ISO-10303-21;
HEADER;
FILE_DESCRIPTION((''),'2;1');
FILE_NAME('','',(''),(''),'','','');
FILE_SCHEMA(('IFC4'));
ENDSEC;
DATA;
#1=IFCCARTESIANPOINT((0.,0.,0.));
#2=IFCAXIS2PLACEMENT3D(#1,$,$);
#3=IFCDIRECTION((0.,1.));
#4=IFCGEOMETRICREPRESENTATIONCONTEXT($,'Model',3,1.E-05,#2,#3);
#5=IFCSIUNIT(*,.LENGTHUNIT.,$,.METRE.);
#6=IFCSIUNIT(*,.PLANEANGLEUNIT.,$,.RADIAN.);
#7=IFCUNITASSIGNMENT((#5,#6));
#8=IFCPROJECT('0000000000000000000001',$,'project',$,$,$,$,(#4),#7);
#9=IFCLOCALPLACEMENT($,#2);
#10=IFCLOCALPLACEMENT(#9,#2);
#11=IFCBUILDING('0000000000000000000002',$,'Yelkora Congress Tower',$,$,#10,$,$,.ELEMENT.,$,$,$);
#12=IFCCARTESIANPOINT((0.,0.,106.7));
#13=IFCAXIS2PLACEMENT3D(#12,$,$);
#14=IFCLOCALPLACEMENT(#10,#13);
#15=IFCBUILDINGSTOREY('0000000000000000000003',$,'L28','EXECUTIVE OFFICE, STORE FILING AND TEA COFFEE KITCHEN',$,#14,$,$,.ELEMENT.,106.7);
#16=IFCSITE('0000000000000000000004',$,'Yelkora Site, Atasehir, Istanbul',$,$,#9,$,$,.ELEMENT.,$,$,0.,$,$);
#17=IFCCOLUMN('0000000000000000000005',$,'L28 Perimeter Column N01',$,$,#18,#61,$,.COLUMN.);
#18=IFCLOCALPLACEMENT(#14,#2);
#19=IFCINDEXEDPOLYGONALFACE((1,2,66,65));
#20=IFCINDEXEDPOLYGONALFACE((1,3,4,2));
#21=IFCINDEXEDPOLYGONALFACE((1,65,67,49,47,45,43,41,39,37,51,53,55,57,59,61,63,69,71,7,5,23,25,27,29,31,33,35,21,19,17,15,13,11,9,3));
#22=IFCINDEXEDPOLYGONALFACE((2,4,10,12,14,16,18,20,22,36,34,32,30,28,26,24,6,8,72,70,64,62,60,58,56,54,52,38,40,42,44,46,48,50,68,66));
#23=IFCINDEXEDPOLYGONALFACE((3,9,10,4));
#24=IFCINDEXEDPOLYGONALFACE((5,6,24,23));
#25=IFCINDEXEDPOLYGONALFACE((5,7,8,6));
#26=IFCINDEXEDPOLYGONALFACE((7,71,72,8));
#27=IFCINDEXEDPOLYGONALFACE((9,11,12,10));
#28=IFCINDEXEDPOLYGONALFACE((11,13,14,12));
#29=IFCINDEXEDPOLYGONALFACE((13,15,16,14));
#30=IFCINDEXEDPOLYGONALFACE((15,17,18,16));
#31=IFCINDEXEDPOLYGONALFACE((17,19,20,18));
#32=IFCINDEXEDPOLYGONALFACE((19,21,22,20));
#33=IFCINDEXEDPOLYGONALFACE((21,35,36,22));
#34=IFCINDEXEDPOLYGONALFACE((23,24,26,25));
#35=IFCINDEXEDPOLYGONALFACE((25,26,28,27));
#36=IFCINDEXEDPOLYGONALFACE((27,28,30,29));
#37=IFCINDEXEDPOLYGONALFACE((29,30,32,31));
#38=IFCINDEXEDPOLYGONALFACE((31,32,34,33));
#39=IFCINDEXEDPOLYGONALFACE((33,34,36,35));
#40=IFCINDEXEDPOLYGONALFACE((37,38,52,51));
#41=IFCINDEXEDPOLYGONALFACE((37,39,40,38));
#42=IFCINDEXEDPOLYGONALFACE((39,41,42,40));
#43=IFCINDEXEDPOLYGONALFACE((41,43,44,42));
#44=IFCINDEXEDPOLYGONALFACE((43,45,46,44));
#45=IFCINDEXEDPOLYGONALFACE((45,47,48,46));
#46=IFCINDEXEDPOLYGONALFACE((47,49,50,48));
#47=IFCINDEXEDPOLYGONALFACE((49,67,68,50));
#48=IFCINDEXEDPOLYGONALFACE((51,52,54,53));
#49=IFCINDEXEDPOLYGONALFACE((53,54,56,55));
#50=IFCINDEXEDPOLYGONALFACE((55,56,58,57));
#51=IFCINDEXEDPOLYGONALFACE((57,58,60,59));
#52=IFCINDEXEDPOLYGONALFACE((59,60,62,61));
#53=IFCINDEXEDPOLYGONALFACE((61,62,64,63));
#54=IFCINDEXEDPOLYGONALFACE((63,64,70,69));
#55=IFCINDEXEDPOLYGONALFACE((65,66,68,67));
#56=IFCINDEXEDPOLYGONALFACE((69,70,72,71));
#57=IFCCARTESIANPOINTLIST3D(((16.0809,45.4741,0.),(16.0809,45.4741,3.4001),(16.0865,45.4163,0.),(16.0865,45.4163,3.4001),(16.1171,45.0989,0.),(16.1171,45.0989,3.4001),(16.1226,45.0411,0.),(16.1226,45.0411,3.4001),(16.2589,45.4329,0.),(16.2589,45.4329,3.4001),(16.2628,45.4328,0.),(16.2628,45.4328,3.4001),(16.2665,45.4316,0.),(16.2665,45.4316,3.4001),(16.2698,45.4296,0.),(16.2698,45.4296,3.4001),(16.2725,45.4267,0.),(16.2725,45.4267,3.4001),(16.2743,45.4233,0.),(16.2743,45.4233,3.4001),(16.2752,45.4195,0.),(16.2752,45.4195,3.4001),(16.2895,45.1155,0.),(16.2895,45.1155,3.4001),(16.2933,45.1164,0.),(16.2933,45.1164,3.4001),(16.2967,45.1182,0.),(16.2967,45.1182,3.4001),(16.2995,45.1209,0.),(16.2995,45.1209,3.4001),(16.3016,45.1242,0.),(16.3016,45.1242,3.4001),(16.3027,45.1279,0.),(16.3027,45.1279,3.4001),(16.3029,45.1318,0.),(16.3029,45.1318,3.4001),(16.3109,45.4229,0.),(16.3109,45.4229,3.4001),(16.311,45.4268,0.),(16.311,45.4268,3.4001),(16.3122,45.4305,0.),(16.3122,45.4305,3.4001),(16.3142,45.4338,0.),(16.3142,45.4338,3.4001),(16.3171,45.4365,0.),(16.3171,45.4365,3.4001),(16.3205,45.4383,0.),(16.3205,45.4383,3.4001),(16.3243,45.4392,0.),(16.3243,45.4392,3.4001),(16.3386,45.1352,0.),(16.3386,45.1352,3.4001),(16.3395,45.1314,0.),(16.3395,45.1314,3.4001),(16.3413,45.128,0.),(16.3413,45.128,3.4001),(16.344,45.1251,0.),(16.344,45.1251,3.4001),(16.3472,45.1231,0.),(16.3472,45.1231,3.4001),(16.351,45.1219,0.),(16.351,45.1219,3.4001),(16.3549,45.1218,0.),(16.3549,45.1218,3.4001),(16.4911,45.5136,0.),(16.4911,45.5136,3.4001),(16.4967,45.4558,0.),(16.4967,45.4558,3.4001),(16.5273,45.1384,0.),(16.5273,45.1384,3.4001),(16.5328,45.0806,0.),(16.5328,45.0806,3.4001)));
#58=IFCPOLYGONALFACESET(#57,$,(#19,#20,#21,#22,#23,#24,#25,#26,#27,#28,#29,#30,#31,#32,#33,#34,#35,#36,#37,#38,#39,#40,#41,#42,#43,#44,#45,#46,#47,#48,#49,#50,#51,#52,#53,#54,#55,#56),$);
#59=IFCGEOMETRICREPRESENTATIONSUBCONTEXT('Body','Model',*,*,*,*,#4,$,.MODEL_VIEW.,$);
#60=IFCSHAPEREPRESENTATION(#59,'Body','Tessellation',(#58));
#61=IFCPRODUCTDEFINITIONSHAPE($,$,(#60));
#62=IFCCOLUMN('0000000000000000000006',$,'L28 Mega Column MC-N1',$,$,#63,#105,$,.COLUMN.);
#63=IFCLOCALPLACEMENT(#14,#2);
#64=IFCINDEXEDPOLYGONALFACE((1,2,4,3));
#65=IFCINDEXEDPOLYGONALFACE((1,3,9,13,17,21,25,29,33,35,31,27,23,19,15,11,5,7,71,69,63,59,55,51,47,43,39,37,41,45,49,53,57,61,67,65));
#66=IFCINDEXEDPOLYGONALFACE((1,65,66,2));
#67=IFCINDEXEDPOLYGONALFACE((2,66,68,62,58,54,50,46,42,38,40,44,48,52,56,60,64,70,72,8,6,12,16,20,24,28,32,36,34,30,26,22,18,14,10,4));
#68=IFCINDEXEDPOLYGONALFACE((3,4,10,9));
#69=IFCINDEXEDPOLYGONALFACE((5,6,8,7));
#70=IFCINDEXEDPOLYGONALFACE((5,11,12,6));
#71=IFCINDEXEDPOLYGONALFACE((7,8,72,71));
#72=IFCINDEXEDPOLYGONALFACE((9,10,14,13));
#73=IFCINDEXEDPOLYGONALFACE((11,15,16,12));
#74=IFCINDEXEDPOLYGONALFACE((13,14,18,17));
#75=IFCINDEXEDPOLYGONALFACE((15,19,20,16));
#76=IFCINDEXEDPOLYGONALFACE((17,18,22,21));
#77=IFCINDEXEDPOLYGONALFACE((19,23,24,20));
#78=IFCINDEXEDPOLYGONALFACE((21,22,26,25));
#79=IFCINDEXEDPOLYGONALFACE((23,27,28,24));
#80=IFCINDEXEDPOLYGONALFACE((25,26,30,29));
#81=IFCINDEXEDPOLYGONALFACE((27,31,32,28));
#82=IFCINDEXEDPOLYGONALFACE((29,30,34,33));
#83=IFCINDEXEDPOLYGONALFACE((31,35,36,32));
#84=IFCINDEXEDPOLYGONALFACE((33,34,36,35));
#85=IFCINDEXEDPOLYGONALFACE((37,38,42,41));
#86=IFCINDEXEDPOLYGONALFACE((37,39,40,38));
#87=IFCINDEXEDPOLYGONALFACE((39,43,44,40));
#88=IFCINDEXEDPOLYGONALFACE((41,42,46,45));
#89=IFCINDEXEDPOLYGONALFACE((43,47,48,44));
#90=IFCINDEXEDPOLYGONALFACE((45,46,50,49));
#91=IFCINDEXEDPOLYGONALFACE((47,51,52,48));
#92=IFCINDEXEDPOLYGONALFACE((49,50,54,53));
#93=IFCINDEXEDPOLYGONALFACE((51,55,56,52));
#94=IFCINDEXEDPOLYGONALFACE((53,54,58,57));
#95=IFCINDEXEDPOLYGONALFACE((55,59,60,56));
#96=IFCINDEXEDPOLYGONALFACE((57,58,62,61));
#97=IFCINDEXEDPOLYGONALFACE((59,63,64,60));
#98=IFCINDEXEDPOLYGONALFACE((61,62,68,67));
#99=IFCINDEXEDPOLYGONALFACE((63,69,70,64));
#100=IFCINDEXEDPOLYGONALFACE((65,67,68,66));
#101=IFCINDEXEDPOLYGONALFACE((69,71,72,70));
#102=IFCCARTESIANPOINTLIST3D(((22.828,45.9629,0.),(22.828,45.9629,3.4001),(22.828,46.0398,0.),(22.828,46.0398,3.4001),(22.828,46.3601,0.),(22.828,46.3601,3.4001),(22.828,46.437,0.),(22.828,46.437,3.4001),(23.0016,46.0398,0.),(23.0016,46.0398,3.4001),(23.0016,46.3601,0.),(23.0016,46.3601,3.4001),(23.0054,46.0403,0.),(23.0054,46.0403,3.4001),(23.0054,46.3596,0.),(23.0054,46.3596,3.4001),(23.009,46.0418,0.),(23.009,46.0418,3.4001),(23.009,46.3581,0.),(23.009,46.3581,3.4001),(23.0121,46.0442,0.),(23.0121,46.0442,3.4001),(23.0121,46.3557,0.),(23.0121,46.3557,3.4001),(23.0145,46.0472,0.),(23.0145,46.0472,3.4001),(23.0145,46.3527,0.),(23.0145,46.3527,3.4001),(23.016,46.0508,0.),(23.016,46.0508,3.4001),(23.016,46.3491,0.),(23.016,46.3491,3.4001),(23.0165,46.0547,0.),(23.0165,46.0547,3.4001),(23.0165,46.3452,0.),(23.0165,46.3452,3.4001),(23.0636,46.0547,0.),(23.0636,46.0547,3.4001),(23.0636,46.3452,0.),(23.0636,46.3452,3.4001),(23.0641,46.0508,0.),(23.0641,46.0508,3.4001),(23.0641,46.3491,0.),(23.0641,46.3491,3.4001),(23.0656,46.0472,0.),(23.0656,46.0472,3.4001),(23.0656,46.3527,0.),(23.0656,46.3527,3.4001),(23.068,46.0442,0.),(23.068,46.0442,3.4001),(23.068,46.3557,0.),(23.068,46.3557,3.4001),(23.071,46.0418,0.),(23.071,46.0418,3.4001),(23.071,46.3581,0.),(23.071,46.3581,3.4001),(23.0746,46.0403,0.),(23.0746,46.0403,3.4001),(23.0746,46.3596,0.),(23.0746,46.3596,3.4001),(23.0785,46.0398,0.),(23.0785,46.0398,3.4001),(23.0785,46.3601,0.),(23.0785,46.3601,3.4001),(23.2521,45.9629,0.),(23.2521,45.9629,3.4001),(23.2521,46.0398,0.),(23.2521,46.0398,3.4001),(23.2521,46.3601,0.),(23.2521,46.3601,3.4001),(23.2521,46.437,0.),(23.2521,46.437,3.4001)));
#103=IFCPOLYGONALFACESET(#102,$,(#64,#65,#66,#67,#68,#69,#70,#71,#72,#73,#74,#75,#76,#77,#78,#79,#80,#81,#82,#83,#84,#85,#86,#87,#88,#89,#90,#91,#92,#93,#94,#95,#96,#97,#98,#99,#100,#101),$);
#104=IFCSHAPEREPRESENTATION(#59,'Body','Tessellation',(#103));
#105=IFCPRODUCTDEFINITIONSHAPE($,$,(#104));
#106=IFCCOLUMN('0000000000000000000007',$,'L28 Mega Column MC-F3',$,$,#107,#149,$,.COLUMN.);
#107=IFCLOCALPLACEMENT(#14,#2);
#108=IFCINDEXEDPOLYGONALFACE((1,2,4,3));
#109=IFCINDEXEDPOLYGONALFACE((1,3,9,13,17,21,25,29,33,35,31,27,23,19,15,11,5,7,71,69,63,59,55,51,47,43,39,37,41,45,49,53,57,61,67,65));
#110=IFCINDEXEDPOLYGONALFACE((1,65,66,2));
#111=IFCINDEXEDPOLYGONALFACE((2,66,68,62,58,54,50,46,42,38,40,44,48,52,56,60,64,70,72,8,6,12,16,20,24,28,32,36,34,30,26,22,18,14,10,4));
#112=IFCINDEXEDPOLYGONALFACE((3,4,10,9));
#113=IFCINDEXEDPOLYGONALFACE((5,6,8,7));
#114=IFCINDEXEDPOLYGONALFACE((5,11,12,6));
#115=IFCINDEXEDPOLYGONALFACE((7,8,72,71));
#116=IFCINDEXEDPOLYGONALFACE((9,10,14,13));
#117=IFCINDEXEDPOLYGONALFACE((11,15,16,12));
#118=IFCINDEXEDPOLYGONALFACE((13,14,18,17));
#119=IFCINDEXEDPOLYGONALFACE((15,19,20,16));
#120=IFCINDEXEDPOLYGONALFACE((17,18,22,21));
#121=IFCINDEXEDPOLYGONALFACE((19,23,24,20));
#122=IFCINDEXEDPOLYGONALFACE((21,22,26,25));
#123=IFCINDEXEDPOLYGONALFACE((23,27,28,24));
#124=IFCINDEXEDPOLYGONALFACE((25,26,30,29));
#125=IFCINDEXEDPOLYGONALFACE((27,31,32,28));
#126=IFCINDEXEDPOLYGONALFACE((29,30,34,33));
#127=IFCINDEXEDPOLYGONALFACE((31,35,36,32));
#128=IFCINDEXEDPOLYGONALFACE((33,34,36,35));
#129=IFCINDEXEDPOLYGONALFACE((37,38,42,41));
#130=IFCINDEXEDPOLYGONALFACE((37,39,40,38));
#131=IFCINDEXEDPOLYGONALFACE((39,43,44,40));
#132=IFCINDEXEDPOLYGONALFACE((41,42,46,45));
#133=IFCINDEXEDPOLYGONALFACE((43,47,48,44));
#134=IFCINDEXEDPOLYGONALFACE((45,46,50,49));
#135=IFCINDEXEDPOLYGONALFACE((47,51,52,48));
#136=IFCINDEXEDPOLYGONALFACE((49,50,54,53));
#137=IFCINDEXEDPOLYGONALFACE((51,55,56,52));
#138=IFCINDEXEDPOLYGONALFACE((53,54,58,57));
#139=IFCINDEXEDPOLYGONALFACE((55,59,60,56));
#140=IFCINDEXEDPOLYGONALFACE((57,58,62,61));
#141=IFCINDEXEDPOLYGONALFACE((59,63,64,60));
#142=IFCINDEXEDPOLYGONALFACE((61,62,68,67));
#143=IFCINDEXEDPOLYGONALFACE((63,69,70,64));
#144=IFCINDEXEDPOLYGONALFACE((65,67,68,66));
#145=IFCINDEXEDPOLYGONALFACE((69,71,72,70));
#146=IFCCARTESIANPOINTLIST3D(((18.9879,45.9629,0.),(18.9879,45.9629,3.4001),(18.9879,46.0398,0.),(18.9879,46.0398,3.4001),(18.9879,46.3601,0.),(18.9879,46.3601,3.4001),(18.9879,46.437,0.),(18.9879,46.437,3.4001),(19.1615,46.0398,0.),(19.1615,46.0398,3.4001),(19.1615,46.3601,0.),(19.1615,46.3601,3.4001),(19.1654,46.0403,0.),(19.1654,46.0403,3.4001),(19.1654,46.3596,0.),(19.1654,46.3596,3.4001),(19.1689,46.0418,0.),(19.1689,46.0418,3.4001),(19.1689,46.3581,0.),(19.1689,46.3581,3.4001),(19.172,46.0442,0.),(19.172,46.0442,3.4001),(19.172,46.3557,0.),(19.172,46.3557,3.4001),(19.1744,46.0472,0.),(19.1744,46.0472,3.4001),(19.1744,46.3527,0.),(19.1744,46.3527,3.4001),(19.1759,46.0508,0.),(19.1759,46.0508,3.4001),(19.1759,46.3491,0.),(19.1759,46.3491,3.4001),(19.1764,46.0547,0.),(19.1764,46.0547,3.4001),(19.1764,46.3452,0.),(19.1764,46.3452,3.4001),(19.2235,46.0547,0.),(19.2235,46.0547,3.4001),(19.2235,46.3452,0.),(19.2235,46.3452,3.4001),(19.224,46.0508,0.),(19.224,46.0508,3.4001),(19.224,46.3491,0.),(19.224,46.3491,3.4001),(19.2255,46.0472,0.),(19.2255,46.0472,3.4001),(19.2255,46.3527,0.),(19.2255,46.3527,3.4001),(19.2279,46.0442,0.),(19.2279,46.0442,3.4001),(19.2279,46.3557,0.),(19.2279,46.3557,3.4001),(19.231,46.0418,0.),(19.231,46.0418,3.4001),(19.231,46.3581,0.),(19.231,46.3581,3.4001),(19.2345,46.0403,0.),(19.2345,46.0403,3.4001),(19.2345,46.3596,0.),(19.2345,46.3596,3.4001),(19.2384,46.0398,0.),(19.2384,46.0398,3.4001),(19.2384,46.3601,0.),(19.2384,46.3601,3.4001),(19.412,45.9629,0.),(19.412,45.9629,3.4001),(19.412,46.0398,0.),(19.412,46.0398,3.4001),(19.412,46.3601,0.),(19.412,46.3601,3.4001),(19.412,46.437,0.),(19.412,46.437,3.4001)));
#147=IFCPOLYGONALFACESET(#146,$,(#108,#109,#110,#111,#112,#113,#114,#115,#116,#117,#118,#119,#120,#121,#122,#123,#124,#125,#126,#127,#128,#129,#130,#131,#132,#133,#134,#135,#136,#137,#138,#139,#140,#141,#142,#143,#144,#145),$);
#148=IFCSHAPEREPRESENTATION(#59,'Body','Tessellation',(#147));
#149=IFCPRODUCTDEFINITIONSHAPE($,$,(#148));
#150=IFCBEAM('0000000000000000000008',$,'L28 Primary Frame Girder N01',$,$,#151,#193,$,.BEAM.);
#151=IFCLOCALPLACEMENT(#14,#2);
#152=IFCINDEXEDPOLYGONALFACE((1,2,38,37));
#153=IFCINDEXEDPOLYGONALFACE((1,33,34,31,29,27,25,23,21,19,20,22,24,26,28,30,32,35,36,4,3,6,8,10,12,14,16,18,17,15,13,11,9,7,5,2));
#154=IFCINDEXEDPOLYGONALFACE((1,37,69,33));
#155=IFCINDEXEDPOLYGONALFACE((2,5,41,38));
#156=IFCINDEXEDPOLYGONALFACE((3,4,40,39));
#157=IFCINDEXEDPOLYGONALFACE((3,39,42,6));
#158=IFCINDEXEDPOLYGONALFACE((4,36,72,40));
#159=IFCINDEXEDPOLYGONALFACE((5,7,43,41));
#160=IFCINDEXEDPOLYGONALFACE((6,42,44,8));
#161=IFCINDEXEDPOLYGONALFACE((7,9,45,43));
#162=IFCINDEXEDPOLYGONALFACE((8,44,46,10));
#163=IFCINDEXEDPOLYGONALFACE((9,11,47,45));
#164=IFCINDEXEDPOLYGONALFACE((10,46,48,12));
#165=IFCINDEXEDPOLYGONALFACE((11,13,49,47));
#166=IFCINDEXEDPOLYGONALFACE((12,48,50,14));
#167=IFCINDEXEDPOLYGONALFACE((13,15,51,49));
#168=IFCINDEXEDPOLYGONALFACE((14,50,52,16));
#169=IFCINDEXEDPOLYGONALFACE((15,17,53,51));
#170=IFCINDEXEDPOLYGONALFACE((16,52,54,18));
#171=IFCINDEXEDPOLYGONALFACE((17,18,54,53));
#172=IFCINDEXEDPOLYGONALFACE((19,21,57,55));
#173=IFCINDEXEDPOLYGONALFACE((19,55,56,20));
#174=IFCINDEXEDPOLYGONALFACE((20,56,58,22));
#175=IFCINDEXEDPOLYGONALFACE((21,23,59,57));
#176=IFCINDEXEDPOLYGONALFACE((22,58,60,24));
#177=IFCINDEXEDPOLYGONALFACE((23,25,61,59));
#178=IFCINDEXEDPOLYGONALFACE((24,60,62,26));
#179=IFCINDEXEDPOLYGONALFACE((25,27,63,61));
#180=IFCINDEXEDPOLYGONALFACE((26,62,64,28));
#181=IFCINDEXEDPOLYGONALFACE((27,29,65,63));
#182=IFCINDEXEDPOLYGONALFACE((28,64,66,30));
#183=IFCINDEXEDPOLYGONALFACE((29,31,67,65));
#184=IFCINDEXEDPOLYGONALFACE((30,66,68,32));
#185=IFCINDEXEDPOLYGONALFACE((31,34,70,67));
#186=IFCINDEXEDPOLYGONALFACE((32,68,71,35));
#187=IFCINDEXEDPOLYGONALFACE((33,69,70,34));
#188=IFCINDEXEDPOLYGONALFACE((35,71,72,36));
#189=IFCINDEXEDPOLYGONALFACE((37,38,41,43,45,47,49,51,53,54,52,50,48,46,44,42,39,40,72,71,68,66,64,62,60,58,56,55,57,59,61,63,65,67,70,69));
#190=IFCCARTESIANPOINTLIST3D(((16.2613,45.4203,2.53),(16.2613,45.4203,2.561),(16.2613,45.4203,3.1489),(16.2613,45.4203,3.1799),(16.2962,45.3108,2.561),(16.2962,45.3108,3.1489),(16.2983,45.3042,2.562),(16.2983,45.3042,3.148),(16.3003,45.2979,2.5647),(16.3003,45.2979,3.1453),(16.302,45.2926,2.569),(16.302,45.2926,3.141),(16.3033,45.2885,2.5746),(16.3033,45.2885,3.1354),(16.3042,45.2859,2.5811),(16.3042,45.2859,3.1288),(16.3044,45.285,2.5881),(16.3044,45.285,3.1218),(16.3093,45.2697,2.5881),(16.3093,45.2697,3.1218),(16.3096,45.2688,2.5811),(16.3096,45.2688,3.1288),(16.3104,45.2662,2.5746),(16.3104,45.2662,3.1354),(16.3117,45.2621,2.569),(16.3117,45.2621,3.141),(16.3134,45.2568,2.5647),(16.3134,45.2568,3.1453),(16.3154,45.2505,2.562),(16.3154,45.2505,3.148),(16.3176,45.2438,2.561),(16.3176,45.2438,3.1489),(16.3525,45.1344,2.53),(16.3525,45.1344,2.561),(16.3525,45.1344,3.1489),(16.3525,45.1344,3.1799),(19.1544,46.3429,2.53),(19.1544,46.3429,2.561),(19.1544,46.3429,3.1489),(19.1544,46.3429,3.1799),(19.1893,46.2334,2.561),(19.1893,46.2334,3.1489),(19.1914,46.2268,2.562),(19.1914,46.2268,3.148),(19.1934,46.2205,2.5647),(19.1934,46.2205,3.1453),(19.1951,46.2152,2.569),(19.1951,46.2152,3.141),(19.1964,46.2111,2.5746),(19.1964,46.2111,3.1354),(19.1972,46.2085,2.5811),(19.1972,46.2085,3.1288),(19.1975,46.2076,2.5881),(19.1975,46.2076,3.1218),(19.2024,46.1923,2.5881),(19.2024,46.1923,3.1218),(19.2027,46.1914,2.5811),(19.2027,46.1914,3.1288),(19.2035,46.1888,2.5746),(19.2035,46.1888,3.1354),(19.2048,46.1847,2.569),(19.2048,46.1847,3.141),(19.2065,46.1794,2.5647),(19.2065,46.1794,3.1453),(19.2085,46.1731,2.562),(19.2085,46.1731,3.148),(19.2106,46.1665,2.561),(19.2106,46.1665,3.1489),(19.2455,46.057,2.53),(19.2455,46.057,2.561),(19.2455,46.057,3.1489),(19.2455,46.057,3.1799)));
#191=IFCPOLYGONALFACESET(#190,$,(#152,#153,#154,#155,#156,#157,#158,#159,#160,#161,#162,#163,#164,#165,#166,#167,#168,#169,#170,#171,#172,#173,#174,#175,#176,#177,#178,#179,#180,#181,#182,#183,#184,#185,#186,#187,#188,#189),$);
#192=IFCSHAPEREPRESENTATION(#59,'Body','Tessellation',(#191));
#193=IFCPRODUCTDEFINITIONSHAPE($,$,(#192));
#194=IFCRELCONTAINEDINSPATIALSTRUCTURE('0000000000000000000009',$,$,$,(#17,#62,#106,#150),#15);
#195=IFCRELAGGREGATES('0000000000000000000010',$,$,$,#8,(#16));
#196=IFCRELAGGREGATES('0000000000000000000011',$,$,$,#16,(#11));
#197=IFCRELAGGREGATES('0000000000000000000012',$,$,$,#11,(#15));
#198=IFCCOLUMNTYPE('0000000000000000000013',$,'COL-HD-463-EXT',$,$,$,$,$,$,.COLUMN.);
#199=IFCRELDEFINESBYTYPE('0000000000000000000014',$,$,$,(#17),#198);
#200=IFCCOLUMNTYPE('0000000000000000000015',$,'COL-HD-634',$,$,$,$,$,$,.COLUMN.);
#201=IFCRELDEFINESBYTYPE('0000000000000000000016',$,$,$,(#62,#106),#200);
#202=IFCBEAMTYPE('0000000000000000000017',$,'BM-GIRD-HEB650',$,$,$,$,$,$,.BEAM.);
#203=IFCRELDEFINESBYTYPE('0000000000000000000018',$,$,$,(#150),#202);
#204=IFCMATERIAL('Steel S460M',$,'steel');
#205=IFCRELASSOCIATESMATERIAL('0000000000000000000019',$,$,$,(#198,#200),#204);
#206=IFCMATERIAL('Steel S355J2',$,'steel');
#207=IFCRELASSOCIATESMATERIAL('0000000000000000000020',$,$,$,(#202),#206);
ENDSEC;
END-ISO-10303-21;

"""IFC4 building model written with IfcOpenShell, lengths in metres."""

from ifc_helpers import new_model, si_unit, direction, frame, origin, origin_2d, place, context, subcontext, project, spatial, i_section, extrude, material, material_profile, profile_set, type_object, element, save


model = new_model("IFC4")

# Units and contexts
model_context = context("Model", 3, precision=1e-05, world=origin(), true_north=direction((0.0, 1.0)))
body_context = subcontext(model_context, "Body", "Model", "MODEL_VIEW")
ifc_project = project(units=[si_unit("LENGTHUNIT", "METRE"), si_unit("PLANEANGLEUNIT", "RADIAN")], contexts=[model_context])

# Site, building, storey
site_placement = place(None, origin())
site = spatial("IfcSite", under=ifc_project, at=site_placement, Name="Yelkora Site, Atasehir, Istanbul", CompositionType="ELEMENT", RefElevation=0.0)
building_placement = place(site_placement, origin())
building = spatial("IfcBuilding", under=site, at=building_placement, Name="Yelkora Congress Tower", CompositionType="ELEMENT")
storey_placement = place(building_placement, frame((0.0, 0.0, 106.7)))
storey = spatial("IfcBuildingStorey", under=building, at=storey_placement, Name="L28", Description="EXECUTIVE OFFICE, STORE FILING AND TEA COFFEE KITCHEN", CompositionType="ELEMENT", Elevation=106.7)

# Columns
ifc_material_1 = material(Name="Steel S460M", Category="steel")
ifc_material_profile_1 = material_profile(ifc_material_1, i_section(OverallWidth=0.4121, OverallDepth=0.4351, WebThickness=0.0359, FlangeThickness=0.0581, FilletRadius=0.0149, at=origin_2d()), Name="HD 400x463")
ifc_profile_set_1 = profile_set([ifc_material_profile_1], Name="Steel S460M")
column_type_1 = type_object("IfcColumnType", Name="COL-HD-463-EXT", PredefinedType="COLUMN", material=ifc_profile_set_1)
column_placement = place(storey_placement, frame((16.3069, 45.2773, 0.0), z_axis=(0.0, 0.0, 1.0), x_axis=(0.995396, 0.095846, 0.0)))
element("IfcColumn", 1, at=column_placement, inside=storey, type_object=column_type_1, Name="L28 Perimeter Column N01", PredefinedType="COLUMN", context=body_context, shape_type="SweptSolid", body=[
    extrude(i_section(OverallWidth=0.4121, OverallDepth=0.4351, WebThickness=0.0359, FlangeThickness=0.0581, FilletRadius=0.0149, at=origin_2d()), origin(), (0.0, 0.0, 1.0), 3.4001),
])
ifc_material_profile_2 = material_profile(ifc_material_1, i_section(OverallWidth=0.4241, OverallDepth=0.4741, WebThickness=0.0471, FlangeThickness=0.0769, FilletRadius=0.0149, at=origin_2d()), Name="HD 400x634")
ifc_profile_set_2 = profile_set([ifc_material_profile_2], Name="Steel S460M")
column_type_2 = type_object("IfcColumnType", Name="COL-HD-634", PredefinedType="COLUMN", material=ifc_profile_set_2)
for number, where, z_axis, x_axis, name in (
    (2, (23.04, 46.2, 0.0), (0.0, 0.0, 1.0), (1.0, 0.0, 0.0), "L28 Mega Column MC-N1"),
    (3, (19.2, 46.2, 0.0), (0.0, 0.0, 1.0), (1.0, 0.0, 0.0), "L28 Mega Column MC-F3"),
):
    element("IfcColumn", number, at=place(storey_placement, frame(where, z_axis=z_axis, x_axis=x_axis)), inside=storey, type_object=column_type_2, Name=name, PredefinedType="COLUMN", context=body_context, shape_type="SweptSolid", body=[
        extrude(i_section(OverallWidth=0.4241, OverallDepth=0.4741, WebThickness=0.0471, FlangeThickness=0.0769, FilletRadius=0.0149, at=origin_2d()), origin(), (0.0, 0.0, 1.0), 3.4001),
    ])

# Beam
ifc_material_2 = material(Name="Steel S355J2", Category="steel")
ifc_material_profile_3 = material_profile(ifc_material_2, i_section(OverallWidth=0.3, OverallDepth=0.6499, WebThickness=0.0161, FlangeThickness=0.031, FilletRadius=0.0271, at=origin_2d()), Name="HEB 650")
ifc_profile_set_3 = profile_set([ifc_material_profile_3], Name="Steel S355J2")
beam_type_1 = type_object("IfcBeamType", Name="BM-GIRD-HEB650", PredefinedType="BEAM", material=ifc_profile_set_3)
beam_1_placement = place(storey_placement, frame((16.3069, 45.2773, 2.855), z_axis=(0.952727, 0.303827, 0.0), x_axis=(-0.303827, 0.952727, 0.0)))
element("IfcBeam", 4, at=beam_1_placement, inside=storey, type_object=beam_type_1, Name="L28 Primary Frame Girder N01", PredefinedType="BEAM", context=body_context, shape_type="SweptSolid", body=[
    extrude(i_section(OverallWidth=0.3, OverallDepth=0.6499, WebThickness=0.0161, FlangeThickness=0.031, FilletRadius=0.0271, at=origin_2d()), origin(), (0.0, 0.0, 1.0), 3.0366),
])

save(model, "model.ifc")
